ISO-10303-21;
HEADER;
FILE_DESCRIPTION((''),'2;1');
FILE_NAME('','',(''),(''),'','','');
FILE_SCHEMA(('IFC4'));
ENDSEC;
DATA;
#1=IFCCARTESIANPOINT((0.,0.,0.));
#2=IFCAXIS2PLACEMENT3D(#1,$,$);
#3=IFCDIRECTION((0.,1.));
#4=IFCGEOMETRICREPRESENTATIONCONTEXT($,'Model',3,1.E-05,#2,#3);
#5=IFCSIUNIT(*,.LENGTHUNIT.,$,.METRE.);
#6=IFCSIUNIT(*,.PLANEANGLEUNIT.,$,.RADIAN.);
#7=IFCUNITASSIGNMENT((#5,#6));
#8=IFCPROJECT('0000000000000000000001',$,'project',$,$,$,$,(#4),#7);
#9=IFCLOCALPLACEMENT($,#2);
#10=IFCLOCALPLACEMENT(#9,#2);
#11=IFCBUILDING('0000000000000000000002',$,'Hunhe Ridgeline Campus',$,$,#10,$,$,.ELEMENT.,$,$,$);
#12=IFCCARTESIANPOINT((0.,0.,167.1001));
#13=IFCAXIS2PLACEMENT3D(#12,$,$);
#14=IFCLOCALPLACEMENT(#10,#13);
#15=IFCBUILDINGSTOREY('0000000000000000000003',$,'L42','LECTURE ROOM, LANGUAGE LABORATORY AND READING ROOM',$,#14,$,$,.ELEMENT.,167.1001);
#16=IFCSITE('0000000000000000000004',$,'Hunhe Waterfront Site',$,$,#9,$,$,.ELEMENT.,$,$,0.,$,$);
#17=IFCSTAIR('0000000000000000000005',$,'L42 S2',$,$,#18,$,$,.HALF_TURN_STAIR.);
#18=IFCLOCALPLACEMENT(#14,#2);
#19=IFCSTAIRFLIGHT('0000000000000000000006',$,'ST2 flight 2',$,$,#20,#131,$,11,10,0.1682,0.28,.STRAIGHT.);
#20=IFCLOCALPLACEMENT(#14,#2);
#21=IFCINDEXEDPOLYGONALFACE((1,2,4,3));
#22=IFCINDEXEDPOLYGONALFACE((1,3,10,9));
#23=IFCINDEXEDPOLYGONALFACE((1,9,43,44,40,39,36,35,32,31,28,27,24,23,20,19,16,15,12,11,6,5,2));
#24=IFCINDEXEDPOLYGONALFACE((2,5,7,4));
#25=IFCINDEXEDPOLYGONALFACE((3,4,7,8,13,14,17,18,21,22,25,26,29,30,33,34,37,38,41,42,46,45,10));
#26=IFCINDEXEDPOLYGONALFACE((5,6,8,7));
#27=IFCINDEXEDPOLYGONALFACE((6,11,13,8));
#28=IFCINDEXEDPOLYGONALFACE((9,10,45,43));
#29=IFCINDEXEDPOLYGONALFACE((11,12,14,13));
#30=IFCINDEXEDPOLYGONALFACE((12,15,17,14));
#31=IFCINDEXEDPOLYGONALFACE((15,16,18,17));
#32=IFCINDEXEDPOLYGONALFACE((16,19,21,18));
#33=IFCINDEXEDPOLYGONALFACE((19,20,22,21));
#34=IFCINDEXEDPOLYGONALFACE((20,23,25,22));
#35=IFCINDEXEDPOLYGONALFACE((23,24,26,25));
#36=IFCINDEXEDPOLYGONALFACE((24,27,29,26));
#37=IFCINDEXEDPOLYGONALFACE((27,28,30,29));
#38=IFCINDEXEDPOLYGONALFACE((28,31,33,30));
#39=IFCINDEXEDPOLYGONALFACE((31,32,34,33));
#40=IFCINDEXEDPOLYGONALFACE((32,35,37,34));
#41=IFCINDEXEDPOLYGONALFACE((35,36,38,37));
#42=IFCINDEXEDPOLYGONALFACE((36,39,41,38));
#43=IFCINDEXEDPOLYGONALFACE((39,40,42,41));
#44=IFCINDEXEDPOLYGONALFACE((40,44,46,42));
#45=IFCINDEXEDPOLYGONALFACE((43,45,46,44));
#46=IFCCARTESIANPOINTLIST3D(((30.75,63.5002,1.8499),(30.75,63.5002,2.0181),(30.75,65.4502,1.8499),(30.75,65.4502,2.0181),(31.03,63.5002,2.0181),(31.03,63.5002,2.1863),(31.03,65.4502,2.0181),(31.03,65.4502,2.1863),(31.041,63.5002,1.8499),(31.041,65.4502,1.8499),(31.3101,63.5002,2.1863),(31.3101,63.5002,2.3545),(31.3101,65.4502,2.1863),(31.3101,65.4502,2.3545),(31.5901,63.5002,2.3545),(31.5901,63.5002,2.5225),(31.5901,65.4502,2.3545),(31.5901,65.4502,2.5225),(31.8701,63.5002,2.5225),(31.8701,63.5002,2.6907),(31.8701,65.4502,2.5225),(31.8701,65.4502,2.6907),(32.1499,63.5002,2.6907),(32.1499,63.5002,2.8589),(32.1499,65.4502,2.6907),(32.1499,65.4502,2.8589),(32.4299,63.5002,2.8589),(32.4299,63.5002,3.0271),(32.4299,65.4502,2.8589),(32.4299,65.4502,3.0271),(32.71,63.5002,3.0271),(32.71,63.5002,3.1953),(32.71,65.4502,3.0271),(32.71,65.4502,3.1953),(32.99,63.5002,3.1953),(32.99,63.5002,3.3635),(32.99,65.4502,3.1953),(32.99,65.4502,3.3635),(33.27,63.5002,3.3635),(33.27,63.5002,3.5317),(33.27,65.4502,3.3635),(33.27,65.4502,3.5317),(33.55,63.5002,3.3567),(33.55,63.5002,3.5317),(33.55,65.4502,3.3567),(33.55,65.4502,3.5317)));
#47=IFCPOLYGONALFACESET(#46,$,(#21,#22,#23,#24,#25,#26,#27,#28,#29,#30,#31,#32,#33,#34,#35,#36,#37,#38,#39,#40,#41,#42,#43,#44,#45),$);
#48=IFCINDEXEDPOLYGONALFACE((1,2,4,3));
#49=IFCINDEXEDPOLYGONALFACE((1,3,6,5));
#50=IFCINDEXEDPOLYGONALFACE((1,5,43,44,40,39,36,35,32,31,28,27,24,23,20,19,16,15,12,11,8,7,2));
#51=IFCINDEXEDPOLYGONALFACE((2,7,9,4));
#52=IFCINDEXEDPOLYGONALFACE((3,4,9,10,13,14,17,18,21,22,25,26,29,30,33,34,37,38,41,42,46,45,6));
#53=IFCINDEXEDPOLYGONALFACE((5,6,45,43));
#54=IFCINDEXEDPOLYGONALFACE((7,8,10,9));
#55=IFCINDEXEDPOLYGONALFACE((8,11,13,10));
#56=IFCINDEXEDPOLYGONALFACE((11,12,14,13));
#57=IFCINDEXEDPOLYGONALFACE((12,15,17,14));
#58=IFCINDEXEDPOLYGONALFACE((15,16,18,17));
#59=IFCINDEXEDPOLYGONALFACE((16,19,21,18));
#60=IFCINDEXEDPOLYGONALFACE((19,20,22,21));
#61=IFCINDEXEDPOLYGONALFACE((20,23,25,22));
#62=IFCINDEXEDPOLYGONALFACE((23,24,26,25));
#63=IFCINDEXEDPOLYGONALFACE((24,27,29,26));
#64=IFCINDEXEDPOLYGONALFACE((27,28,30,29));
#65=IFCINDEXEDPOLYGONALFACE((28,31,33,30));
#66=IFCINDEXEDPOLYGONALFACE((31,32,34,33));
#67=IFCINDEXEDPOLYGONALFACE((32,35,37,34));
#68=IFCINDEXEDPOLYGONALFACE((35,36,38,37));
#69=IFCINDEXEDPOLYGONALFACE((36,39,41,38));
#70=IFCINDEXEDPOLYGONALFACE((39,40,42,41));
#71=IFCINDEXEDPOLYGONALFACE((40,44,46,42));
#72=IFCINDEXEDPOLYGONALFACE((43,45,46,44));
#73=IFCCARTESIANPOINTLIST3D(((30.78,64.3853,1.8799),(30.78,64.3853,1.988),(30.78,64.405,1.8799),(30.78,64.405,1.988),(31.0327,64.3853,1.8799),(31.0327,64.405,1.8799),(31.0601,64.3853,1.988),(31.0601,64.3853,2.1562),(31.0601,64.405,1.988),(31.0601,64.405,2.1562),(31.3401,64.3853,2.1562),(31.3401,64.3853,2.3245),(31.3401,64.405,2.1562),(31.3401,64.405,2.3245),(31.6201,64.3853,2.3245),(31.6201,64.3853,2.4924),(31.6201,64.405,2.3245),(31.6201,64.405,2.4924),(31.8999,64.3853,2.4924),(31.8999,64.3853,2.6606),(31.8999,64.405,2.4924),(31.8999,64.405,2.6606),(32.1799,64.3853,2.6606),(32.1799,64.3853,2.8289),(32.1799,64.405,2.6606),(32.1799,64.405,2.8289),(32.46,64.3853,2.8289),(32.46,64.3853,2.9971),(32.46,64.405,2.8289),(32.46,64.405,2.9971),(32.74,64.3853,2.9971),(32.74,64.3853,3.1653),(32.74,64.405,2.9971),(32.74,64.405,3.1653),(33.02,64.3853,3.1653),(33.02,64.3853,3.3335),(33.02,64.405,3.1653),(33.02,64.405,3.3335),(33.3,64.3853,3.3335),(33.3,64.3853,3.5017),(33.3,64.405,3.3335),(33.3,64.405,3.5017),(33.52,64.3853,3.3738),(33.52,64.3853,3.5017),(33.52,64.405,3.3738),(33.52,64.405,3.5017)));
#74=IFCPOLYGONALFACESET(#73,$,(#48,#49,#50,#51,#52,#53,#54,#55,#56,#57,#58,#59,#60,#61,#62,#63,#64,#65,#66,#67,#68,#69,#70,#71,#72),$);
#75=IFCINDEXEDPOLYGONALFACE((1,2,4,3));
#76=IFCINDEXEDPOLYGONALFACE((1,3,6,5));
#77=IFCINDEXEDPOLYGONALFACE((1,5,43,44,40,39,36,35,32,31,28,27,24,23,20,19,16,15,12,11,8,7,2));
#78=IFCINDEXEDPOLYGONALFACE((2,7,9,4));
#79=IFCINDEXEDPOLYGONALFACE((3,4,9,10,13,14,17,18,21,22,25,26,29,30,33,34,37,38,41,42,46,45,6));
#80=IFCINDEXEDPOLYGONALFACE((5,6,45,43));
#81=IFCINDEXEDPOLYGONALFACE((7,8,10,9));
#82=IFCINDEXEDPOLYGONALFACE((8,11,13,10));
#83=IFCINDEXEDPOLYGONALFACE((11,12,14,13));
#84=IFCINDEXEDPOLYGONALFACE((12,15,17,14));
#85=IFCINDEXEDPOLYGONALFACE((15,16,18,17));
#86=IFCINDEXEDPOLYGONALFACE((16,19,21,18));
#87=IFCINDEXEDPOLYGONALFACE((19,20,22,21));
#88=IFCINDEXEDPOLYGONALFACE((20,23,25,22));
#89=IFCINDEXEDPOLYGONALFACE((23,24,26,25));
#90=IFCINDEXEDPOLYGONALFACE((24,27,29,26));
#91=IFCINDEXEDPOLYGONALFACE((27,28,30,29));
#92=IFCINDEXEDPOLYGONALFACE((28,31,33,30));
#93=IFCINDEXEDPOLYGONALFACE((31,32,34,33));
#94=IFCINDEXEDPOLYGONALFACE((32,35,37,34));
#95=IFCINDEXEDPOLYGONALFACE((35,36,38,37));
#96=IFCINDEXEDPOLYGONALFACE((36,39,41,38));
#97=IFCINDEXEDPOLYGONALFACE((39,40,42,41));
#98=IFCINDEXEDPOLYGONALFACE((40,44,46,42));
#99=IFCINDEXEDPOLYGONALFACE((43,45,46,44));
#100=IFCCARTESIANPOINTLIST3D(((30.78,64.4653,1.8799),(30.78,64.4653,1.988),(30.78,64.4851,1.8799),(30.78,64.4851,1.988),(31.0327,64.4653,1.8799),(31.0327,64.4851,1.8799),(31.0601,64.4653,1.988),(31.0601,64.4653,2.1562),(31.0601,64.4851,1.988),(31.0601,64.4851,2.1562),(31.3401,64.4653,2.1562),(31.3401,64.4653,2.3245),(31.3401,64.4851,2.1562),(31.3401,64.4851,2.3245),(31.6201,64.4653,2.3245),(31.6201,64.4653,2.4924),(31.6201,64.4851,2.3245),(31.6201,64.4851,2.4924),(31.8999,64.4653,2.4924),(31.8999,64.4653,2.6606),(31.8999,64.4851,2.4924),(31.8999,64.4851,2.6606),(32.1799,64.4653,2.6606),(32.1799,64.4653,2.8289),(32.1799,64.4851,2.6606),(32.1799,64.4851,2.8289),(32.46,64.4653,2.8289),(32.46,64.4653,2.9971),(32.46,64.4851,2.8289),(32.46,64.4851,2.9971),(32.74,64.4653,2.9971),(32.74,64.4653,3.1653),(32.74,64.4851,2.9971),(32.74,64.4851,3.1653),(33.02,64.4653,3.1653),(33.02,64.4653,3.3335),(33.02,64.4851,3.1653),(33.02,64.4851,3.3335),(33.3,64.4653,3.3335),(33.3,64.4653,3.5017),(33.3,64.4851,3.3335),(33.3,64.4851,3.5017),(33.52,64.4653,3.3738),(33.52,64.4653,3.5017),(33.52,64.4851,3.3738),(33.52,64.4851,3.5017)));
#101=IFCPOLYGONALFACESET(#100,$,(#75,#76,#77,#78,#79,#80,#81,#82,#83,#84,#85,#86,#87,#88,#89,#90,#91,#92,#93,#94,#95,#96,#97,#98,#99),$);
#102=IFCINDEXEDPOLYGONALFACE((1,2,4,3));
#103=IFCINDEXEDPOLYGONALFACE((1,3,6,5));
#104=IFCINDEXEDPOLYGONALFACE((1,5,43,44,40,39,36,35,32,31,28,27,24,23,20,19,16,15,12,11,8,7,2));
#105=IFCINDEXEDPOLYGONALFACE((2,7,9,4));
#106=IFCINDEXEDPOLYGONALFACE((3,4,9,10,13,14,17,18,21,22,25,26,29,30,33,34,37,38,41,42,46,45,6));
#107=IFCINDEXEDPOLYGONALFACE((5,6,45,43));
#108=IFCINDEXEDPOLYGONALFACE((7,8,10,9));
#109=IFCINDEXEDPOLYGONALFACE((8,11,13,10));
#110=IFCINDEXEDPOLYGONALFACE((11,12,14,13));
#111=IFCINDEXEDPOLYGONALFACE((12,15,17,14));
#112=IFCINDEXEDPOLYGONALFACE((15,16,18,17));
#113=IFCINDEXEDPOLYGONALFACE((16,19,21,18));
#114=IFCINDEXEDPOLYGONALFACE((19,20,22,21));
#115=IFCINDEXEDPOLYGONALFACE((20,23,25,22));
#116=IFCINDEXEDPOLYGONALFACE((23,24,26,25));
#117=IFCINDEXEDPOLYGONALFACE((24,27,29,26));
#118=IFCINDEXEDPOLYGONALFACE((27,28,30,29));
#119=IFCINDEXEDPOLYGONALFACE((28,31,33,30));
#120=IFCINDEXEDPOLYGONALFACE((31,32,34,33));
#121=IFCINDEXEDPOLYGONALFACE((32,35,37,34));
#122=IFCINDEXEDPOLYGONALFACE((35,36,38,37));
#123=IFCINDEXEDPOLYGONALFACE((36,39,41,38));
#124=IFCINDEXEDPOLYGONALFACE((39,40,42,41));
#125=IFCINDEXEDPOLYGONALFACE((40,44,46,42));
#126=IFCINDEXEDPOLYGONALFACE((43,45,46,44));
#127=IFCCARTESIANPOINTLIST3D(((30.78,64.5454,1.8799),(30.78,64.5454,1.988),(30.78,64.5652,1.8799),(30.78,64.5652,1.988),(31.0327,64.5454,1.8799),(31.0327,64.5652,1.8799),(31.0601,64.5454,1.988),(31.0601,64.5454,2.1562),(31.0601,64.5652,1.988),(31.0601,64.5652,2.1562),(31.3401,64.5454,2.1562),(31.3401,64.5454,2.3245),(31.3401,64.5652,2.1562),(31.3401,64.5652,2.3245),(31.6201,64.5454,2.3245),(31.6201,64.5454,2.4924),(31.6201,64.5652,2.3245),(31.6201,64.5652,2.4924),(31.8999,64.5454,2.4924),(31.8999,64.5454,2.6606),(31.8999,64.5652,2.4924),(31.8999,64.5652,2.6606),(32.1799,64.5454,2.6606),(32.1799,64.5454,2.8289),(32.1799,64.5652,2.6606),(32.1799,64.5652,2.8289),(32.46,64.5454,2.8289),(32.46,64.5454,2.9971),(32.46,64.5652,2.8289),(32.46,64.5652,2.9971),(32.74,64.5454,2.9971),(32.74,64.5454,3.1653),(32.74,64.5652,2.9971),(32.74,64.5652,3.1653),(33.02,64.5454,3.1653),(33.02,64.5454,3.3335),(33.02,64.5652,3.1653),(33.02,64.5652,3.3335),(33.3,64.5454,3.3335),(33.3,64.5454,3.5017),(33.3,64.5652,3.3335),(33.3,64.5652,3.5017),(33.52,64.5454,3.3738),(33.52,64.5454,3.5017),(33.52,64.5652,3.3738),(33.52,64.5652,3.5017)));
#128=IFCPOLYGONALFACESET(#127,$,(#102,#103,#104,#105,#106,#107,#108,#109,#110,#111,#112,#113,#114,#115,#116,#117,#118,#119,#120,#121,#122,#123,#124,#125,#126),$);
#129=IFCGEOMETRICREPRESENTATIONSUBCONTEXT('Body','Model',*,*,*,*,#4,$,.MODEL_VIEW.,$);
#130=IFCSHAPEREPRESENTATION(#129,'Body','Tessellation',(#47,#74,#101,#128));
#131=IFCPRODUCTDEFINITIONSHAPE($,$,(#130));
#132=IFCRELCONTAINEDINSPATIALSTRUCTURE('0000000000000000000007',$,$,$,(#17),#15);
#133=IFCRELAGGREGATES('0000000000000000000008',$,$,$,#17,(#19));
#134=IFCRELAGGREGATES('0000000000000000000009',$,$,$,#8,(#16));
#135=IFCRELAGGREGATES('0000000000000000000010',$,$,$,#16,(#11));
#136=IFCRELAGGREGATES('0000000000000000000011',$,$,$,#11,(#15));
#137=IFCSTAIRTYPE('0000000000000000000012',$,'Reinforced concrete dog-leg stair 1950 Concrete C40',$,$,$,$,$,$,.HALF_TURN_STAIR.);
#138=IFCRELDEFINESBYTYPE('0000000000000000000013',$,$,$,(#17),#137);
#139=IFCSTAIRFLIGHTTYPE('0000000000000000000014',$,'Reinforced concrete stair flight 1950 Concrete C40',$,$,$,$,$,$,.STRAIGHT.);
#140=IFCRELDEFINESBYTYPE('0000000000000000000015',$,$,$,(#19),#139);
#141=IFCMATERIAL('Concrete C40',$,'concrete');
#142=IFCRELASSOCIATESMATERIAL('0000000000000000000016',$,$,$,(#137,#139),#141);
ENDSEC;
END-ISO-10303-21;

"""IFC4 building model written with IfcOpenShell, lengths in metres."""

from ifc_helpers import new_model, si_unit, direction, frame, origin, place, context, subcontext, project, spatial, polyline, outline, extrude, material, type_object, element, aggregate, save


model = new_model("IFC4")

# Units and contexts
model_context = context("Model", 3, precision=1e-05, world=origin(), true_north=direction((0.0, 1.0)))
body_context = subcontext(model_context, "Body", "Model", "MODEL_VIEW")
ifc_project = project(units=[si_unit("LENGTHUNIT", "METRE"), si_unit("PLANEANGLEUNIT", "RADIAN")], contexts=[model_context])

# Site, building, storey
site_placement = place(None, origin())
site = spatial("IfcSite", under=ifc_project, at=site_placement, Name="Hunhe Waterfront Site", CompositionType="ELEMENT", RefElevation=0.0)
building_placement = place(site_placement, origin())
building = spatial("IfcBuilding", under=site, at=building_placement, Name="Hunhe Ridgeline Campus", CompositionType="ELEMENT")
storey_placement = place(building_placement, frame((0.0, 0.0, 167.1001)))
storey = spatial("IfcBuildingStorey", under=building, at=storey_placement, Name="L42", Description="LECTURE ROOM, LANGUAGE LABORATORY AND READING ROOM", CompositionType="ELEMENT", Elevation=167.1001)

# Stair, stair flight
ifc_material_1 = material(Name="Concrete C40", Category="concrete")
stair_type = type_object("IfcStairType", Name="Reinforced concrete dog-leg stair 1950 Concrete C40", PredefinedType="HALF_TURN_STAIR", material=ifc_material_1)
stair_placement = place(storey_placement, origin())
stair = element("IfcStair", 1, at=stair_placement, inside=storey, type_object=stair_type, Name="L42 S2", PredefinedType="HALF_TURN_STAIR")
stair_flight_type = type_object("IfcStairFlightType", Name="Reinforced concrete stair flight 1950 Concrete C40", PredefinedType="STRAIGHT", material=ifc_material_1)
stair_flight_1_placement = place(storey_placement, frame((30.75, 64.4751, 1.8499), z_axis=(0.0, 0.0, 1.0), x_axis=(1.0, 0.0, 0.0)))
stair_flight_1 = element("IfcStairFlight", 2, at=stair_flight_1_placement, type_object=stair_flight_type, Name="ST2 flight 2", NumberOfRisers=11, NumberOfTreads=10, PredefinedType="STRAIGHT", RiserHeight=0.1682, TreadLength=0.28, context=body_context, shape_type="SweptSolid", body=[
    extrude(outline(polyline([(0.0, 0.0), (0.0, 0.1682), (0.28, 0.1682), (0.28, 0.3364), (0.5601, 0.3364), (0.5601, 0.5046), (0.8401, 0.5046), (0.8401, 0.6726), (1.1201, 0.6726), (1.1201, 0.8408), (1.3999, 0.8408), (1.3999, 1.009), (1.6799, 1.009), (1.6799, 1.1772), (1.96, 1.1772), (1.96, 1.3455), (2.24, 1.3455), (2.24, 1.5137), (2.52, 1.5137), (2.52, 1.6819), (2.8, 1.6819), (2.8, 1.8501), (2.8, 1.5068), (0.291, 0.0), (0.0, 0.0)])), frame((0.0, 0.9751, 0.0), z_axis=(0.0, -1.0, 0.0), x_axis=(1.0, 0.0, 0.0)), (0.0, 0.0, 1.0), 1.95),
    extrude(outline(polyline([(0.03, 0.03), (0.03, 0.1382), (0.3101, 0.1382), (0.3101, 0.3064), (0.5901, 0.3064), (0.5901, 0.4746), (0.8701, 0.4746), (0.8701, 0.6426), (1.1499, 0.6426), (1.1499, 0.8108), (1.4299, 0.8108), (1.4299, 0.979), (1.71, 0.979), (1.71, 1.1472), (1.99, 1.1472), (1.99, 1.3154), (2.27, 1.3154), (2.27, 1.4836), (2.55, 1.4836), (2.55, 1.6519), (2.77, 1.6519), (2.77, 1.5239), (0.2827, 0.03), (0.03, 0.03)])), frame((0.0, -0.0701, 0.0), z_axis=(0.0, -1.0, 0.0), x_axis=(1.0, 0.0, 0.0)), (0.0, 0.0, 1.0), 0.0198),
    extrude(outline(polyline([(0.03, 0.03), (0.03, 0.1382), (0.3101, 0.1382), (0.3101, 0.3064), (0.5901, 0.3064), (0.5901, 0.4746), (0.8701, 0.4746), (0.8701, 0.6426), (1.1499, 0.6426), (1.1499, 0.8108), (1.4299, 0.8108), (1.4299, 0.979), (1.71, 0.979), (1.71, 1.1472), (1.99, 1.1472), (1.99, 1.3154), (2.27, 1.3154), (2.27, 1.4836), (2.55, 1.4836), (2.55, 1.6519), (2.77, 1.6519), (2.77, 1.5239), (0.2827, 0.03), (0.03, 0.03)])), frame((0.0, 0.01, 0.0), z_axis=(0.0, -1.0, 0.0), x_axis=(1.0, 0.0, 0.0)), (0.0, 0.0, 1.0), 0.0198),
    extrude(outline(polyline([(0.03, 0.03), (0.03, 0.1382), (0.3101, 0.1382), (0.3101, 0.3064), (0.5901, 0.3064), (0.5901, 0.4746), (0.8701, 0.4746), (0.8701, 0.6426), (1.1499, 0.6426), (1.1499, 0.8108), (1.4299, 0.8108), (1.4299, 0.979), (1.71, 0.979), (1.71, 1.1472), (1.99, 1.1472), (1.99, 1.3154), (2.27, 1.3154), (2.27, 1.4836), (2.55, 1.4836), (2.55, 1.6519), (2.77, 1.6519), (2.77, 1.5239), (0.2827, 0.03), (0.03, 0.03)])), frame((0.0, 0.0901, 0.0), z_axis=(0.0, -1.0, 0.0), x_axis=(1.0, 0.0, 0.0)), (0.0, 0.0, 1.0), 0.0198),
])
aggregate(stair, [stair_flight_1])

save(model, "model.ifc")
